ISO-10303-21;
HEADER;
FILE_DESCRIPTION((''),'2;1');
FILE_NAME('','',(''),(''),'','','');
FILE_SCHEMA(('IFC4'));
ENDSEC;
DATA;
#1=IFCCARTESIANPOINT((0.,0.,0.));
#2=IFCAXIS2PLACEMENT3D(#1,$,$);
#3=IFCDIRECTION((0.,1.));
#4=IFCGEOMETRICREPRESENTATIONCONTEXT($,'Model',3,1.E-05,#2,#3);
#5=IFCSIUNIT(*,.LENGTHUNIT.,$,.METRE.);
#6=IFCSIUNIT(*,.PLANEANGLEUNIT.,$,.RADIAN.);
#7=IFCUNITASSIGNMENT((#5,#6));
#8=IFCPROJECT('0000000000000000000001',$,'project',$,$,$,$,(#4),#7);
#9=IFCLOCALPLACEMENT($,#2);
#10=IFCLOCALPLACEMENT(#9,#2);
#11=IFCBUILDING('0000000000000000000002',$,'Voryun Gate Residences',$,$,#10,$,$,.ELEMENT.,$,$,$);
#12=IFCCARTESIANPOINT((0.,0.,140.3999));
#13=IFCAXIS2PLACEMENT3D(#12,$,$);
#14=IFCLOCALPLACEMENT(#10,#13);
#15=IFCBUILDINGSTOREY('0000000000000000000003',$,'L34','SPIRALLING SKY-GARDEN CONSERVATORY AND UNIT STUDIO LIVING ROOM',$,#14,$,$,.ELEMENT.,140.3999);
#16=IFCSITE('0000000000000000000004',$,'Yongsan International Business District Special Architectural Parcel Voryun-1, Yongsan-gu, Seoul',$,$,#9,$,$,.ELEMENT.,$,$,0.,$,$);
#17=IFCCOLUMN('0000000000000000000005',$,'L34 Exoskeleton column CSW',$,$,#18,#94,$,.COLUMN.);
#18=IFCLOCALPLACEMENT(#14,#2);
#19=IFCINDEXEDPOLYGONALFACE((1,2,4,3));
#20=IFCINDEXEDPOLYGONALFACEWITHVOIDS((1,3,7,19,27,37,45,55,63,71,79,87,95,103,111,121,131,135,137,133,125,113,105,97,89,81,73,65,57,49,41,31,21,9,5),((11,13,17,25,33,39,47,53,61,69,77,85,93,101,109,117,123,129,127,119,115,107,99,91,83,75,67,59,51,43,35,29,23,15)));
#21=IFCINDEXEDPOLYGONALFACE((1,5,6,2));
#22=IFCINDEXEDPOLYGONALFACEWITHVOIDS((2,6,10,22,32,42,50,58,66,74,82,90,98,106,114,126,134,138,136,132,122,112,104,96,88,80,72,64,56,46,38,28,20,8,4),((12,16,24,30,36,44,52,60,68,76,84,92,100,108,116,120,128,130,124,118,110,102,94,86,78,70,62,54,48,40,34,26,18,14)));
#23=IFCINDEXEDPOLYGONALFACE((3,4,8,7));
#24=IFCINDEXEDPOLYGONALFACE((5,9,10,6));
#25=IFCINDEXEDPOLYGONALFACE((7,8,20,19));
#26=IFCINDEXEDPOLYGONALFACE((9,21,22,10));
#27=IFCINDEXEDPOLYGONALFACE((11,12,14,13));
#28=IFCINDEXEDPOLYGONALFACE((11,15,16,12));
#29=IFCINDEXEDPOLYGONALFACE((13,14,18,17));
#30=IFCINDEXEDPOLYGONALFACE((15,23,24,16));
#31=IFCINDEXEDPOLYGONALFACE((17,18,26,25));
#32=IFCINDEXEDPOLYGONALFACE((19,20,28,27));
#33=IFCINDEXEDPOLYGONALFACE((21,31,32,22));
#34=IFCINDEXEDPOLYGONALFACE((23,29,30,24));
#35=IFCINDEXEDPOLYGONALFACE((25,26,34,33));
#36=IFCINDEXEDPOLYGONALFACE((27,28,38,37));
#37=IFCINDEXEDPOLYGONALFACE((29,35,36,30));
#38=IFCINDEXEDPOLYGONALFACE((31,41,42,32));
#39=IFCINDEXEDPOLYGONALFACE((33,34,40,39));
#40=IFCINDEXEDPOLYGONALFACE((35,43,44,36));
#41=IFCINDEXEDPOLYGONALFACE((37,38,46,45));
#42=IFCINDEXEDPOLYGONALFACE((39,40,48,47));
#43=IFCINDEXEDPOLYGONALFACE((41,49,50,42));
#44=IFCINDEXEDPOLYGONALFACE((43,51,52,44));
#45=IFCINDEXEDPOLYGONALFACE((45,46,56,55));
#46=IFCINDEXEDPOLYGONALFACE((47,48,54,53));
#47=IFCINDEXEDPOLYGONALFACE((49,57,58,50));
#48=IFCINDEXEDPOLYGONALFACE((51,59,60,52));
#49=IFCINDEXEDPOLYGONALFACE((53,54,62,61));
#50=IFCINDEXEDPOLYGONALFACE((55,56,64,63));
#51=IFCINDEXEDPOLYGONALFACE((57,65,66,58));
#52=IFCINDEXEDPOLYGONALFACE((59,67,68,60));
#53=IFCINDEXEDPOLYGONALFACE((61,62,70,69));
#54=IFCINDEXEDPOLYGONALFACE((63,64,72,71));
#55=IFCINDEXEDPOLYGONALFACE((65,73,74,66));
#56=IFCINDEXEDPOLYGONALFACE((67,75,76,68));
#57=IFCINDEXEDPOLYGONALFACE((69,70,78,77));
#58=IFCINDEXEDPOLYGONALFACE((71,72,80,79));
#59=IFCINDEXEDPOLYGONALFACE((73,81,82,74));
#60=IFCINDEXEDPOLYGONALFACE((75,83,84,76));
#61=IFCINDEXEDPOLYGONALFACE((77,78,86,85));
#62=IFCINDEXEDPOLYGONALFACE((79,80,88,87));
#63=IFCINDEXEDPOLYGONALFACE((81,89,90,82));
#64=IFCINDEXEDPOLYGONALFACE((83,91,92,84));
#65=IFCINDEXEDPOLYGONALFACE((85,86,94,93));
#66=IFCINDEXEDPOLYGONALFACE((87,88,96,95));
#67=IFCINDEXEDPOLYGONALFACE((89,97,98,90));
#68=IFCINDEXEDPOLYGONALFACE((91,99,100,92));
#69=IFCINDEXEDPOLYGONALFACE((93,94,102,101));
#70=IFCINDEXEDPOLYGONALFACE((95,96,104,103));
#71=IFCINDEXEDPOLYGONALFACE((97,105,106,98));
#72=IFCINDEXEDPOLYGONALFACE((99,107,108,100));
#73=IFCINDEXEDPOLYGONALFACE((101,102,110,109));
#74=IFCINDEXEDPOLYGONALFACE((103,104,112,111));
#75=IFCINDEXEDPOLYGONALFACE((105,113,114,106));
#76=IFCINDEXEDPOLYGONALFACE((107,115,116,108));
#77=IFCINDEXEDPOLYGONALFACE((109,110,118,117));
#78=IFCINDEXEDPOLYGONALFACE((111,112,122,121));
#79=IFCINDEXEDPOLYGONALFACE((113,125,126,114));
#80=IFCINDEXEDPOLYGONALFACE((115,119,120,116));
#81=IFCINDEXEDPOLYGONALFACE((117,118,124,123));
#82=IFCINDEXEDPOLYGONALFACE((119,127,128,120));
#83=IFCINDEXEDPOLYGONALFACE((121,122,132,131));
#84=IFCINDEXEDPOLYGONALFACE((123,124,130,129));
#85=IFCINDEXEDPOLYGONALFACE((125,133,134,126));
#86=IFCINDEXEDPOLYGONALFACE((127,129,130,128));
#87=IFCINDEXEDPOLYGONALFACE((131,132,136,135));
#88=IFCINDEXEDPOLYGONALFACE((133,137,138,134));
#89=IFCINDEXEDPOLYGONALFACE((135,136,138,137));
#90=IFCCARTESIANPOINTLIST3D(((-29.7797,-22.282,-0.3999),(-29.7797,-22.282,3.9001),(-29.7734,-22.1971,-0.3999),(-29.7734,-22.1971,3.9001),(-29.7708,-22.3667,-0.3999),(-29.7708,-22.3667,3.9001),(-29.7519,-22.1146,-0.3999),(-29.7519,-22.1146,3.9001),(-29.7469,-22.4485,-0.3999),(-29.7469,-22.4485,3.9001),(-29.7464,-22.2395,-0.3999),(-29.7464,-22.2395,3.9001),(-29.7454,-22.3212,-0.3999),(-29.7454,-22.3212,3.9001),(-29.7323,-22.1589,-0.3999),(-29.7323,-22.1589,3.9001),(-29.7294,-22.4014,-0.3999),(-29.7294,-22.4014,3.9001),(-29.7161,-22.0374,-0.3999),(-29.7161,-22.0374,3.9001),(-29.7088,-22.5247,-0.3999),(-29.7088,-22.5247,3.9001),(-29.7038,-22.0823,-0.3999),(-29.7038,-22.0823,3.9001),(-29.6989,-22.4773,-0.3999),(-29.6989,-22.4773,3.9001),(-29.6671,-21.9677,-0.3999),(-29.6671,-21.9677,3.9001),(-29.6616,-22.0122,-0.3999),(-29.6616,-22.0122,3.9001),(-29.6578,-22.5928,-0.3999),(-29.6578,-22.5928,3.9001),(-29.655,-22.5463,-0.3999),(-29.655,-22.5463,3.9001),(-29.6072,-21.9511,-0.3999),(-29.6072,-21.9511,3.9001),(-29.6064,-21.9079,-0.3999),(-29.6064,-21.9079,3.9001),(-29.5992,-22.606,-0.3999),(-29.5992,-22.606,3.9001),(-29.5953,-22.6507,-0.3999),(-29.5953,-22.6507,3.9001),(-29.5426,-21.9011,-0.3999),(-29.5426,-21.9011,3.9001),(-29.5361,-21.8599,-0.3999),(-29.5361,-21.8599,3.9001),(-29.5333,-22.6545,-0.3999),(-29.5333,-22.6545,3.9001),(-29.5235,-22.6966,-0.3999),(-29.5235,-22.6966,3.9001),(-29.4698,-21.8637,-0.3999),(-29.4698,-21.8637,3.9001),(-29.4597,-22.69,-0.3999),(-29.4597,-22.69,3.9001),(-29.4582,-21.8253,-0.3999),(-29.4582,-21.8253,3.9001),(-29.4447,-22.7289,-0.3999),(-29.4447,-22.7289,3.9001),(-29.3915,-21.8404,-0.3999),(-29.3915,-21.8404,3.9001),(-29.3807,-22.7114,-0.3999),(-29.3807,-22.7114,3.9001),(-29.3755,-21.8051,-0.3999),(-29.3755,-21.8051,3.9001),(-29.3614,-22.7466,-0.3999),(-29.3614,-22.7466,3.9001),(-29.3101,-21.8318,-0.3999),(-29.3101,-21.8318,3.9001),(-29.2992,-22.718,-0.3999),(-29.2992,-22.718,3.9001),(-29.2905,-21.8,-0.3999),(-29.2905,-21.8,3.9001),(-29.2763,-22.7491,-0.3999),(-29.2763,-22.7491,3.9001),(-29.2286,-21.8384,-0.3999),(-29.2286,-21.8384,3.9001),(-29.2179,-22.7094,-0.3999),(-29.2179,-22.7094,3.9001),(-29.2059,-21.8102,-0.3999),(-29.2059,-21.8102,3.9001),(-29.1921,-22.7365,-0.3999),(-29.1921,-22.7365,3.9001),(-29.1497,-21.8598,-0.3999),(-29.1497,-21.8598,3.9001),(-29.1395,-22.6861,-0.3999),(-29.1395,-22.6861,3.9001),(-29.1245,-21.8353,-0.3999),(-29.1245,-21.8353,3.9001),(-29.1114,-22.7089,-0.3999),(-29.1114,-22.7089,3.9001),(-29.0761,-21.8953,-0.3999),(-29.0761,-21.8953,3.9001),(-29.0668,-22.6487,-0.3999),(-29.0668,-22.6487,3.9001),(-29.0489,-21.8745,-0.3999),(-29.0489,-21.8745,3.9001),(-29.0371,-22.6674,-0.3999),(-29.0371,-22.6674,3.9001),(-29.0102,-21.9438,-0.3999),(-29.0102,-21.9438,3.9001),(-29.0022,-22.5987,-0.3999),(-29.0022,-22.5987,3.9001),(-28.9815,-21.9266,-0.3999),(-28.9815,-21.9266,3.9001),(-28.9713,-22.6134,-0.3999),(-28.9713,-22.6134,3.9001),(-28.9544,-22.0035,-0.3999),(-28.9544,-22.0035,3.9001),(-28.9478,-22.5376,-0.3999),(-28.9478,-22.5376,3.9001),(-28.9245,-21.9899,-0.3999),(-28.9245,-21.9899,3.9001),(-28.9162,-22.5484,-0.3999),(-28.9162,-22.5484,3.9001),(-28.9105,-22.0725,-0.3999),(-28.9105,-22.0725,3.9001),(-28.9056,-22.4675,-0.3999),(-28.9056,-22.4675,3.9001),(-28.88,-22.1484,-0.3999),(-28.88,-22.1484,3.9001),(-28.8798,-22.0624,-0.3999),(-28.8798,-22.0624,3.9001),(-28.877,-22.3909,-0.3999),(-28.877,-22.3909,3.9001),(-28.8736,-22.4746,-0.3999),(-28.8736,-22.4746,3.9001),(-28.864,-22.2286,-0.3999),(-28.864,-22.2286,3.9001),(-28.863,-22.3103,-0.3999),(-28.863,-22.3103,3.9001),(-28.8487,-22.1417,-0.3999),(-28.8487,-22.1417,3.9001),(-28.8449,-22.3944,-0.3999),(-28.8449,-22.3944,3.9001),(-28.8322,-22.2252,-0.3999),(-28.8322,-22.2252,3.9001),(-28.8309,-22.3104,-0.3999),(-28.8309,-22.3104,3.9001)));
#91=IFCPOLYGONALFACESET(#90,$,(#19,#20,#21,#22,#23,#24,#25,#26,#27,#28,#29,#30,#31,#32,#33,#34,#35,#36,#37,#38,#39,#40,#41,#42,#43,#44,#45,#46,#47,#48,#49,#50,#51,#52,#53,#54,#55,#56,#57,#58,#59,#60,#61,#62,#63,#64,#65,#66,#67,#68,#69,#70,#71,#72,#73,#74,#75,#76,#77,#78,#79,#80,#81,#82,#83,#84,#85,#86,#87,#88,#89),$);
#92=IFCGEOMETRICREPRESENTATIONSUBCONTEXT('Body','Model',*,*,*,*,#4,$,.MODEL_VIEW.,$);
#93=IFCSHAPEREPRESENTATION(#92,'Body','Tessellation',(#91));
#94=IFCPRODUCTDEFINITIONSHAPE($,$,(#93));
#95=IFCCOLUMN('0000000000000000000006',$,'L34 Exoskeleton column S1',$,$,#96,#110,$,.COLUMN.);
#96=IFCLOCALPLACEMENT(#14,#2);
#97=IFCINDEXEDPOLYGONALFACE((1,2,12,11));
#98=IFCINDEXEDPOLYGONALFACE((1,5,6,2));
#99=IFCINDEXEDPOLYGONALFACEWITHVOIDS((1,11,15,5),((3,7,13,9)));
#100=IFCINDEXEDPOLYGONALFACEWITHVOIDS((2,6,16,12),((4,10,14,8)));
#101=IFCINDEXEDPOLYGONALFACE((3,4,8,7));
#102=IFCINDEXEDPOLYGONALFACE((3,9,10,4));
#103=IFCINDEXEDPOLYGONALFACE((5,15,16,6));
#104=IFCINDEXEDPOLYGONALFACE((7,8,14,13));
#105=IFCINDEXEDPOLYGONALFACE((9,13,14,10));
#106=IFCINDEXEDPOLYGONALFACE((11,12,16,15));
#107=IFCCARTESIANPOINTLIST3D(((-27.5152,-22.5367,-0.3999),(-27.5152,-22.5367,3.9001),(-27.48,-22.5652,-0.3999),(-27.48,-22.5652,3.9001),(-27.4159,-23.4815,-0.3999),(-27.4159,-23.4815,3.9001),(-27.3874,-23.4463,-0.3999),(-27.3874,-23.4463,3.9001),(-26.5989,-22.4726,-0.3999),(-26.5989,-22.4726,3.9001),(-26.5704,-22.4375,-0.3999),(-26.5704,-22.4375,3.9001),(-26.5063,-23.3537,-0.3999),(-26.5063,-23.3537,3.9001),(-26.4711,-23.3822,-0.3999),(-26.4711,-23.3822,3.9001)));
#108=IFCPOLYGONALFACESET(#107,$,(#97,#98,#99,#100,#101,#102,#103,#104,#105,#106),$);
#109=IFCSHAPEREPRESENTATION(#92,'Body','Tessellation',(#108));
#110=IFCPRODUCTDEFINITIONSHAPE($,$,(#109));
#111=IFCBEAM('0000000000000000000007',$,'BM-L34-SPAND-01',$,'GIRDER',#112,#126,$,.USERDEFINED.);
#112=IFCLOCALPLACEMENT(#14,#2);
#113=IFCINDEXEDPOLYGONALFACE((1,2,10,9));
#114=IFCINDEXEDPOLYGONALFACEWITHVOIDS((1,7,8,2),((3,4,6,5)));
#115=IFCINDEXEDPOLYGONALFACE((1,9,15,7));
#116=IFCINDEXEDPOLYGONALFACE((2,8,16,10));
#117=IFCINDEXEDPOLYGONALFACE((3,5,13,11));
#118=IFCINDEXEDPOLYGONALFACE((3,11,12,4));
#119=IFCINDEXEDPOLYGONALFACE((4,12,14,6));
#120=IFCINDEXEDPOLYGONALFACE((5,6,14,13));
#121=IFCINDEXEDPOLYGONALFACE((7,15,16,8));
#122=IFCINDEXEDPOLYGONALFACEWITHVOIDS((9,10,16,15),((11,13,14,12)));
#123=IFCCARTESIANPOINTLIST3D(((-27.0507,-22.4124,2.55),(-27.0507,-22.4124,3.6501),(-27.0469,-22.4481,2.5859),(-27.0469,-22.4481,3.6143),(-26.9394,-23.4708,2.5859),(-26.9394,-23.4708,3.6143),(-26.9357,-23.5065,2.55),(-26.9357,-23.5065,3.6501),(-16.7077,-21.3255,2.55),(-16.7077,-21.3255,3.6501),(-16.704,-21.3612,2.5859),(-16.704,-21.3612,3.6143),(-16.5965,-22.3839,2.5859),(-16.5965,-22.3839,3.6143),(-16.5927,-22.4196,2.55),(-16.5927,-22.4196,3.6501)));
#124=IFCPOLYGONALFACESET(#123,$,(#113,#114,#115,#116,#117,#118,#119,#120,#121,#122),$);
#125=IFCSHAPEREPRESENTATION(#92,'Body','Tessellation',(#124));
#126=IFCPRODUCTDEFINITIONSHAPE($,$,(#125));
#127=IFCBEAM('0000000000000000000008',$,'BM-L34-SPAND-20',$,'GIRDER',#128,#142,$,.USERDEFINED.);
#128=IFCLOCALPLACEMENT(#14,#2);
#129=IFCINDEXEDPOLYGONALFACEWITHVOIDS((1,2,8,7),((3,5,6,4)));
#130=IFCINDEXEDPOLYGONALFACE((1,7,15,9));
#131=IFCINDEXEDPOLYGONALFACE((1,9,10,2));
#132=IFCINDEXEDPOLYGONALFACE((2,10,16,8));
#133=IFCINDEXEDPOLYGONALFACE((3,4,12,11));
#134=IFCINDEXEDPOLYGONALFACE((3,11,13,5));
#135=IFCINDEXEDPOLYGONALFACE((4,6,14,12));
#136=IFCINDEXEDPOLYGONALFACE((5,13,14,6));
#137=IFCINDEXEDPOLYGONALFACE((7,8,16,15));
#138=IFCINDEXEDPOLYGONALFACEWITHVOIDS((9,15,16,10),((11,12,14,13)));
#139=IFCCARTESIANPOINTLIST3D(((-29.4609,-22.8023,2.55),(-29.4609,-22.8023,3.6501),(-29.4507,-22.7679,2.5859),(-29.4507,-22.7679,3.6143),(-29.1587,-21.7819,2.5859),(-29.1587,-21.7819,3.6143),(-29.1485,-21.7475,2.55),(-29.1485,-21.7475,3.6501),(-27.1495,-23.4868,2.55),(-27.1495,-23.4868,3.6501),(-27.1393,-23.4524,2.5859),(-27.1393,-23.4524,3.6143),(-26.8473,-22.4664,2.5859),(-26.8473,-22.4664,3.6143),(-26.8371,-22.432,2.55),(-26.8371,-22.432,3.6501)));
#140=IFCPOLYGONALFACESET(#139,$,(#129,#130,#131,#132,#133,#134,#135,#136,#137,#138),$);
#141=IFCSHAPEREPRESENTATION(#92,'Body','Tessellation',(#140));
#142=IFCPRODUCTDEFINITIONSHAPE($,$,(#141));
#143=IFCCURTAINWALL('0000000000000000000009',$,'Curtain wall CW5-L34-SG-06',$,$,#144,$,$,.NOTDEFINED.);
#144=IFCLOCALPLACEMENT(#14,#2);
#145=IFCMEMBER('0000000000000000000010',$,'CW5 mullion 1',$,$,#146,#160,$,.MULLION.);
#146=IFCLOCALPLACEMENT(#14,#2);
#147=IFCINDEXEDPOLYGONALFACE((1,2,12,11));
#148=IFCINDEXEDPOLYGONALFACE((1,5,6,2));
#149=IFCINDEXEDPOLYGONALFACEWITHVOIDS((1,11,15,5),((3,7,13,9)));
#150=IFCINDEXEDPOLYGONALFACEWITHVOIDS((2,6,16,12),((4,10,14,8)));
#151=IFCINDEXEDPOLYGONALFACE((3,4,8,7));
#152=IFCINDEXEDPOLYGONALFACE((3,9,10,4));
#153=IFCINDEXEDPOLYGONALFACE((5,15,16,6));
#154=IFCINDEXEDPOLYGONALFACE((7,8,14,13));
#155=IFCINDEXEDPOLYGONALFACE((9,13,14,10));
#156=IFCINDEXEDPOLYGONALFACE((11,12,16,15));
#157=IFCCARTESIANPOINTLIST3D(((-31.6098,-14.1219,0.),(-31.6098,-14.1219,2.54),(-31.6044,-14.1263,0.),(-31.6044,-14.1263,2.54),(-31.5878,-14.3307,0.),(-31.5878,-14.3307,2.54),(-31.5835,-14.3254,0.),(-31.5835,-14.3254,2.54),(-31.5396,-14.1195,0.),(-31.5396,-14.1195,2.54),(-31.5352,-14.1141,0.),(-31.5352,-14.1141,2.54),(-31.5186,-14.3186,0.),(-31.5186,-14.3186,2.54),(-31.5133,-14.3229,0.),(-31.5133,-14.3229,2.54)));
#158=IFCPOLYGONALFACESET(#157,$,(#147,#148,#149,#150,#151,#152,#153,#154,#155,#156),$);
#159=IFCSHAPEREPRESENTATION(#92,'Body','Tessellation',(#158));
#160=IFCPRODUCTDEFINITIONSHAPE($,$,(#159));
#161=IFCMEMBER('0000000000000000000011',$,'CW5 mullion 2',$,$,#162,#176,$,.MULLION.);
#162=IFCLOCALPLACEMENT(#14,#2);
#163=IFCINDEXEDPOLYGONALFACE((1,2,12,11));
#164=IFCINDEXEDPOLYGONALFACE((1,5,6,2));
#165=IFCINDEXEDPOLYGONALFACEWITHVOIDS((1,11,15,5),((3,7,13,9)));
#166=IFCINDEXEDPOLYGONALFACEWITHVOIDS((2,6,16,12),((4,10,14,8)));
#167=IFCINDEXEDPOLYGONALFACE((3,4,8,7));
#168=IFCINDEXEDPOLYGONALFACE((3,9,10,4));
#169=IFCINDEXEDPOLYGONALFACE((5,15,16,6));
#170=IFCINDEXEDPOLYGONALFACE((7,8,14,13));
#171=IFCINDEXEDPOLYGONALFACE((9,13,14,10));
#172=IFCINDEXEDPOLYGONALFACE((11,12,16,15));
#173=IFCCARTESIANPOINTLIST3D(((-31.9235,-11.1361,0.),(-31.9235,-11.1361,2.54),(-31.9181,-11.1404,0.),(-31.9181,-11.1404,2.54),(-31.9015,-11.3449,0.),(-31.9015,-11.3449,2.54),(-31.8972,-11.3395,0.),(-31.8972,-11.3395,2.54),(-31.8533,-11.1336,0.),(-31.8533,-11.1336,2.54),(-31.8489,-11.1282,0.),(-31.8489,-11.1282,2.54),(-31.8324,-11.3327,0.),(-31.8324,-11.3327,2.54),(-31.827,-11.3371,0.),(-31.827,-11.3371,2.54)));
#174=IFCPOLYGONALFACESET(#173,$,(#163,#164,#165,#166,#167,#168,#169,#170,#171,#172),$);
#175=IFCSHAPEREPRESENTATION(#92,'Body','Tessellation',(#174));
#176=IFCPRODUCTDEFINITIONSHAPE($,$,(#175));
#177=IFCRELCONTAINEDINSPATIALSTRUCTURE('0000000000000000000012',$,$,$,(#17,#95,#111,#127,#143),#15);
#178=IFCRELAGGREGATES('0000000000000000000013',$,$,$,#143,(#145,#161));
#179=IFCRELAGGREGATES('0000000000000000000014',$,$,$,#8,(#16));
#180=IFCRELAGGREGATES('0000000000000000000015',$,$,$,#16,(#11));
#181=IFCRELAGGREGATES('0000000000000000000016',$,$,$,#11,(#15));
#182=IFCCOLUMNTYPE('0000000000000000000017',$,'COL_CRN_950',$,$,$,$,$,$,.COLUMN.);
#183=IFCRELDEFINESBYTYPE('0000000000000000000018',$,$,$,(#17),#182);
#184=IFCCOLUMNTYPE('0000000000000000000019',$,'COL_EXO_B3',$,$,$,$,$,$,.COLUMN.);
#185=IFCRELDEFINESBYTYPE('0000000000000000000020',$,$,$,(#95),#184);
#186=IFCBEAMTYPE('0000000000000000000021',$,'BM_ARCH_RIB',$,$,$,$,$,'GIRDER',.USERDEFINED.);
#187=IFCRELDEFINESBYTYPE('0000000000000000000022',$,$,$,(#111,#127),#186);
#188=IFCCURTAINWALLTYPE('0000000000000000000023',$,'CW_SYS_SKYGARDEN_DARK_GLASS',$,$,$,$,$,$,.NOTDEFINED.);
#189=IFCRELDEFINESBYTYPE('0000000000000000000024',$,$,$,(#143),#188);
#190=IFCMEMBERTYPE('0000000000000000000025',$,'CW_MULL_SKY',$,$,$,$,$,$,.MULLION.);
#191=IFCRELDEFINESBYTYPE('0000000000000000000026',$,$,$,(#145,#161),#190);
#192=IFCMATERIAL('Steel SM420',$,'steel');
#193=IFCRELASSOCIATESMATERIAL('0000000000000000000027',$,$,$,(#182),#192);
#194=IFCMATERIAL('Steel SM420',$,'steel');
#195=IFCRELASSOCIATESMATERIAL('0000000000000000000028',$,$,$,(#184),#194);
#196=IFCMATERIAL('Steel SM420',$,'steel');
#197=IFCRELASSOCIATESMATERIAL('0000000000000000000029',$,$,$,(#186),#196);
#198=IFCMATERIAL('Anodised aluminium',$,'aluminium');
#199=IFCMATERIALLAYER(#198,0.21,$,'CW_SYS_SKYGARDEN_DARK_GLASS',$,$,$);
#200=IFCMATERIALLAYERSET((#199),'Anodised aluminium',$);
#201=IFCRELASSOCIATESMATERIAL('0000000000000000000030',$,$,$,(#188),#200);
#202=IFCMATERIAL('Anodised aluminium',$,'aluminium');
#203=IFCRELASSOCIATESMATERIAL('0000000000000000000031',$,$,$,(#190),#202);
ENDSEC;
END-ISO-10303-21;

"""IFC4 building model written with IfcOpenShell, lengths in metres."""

from ifc_helpers import new_model, si_unit, direction, frame, origin, origin_2d, place, context, subcontext, project, spatial, hollow_rectangle, hollow_circle, extrude, material, layer, layer_set, material_profile, profile_set, type_object, element, aggregate, save


model = new_model("IFC4")

# Units and contexts
model_context = context("Model", 3, precision=1e-05, world=origin(), true_north=direction((0.0, 1.0)))
body_context = subcontext(model_context, "Body", "Model", "MODEL_VIEW")
ifc_project = project(units=[si_unit("LENGTHUNIT", "METRE"), si_unit("PLANEANGLEUNIT", "RADIAN")], contexts=[model_context])

# Site, building, storey
site_placement = place(None, origin())
site = spatial("IfcSite", under=ifc_project, at=site_placement, Name="Yongsan International Business District Special Architectural Parcel Voryun-1, Yongsan-gu, Seoul", CompositionType="ELEMENT", RefElevation=0.0)
building_placement = place(site_placement, origin())
building = spatial("IfcBuilding", under=site, at=building_placement, Name="Voryun Gate Residences", CompositionType="ELEMENT")
storey_placement = place(building_placement, frame((0.0, 0.0, 140.3999)))
storey = spatial("IfcBuildingStorey", under=building, at=storey_placement, Name="L34", Description="SPIRALLING SKY-GARDEN CONSERVATORY AND UNIT STUDIO LIVING ROOM", CompositionType="ELEMENT", Elevation=140.3999)

# Columns
ifc_material_1 = material(Name="Steel SM420", Category="steel")
ifc_material_profile_1 = material_profile(ifc_material_1, hollow_circle(Radius=0.4751, WallThickness=0.032, at=origin_2d()), Name="CHS-950x32")
ifc_profile_set_1 = profile_set([ifc_material_profile_1], Name="Steel SM420")
column_type_1 = type_object("IfcColumnType", Name="COL_CRN_950", PredefinedType="COLUMN", material=ifc_profile_set_1)
column_1_placement = place(storey_placement, frame((-29.3047, -22.2749, -0.3999), z_axis=(0.0, 0.0, 1.0), x_axis=(0.994522, 0.104528, 0.0)))
element("IfcColumn", 1, at=column_1_placement, inside=storey, type_object=column_type_1, Name="L34 Exoskeleton column CSW", PredefinedType="COLUMN", context=body_context, shape_type="SweptSolid", body=[
    extrude(hollow_circle(Radius=0.4751, WallThickness=0.032, at=origin_2d()), origin(), (0.0, 0.0, 1.0), 4.3),
])
ifc_material_2 = material(Name="Steel SM420", Category="steel")
ifc_material_profile_2 = material_profile(ifc_material_2, hollow_rectangle(XDim=0.95, YDim=0.95, WallThickness=0.032, at=origin_2d()), Name="BOX-950x950x32")
ifc_profile_set_2 = profile_set([ifc_material_profile_2], Name="Steel SM420")
column_type_2 = type_object("IfcColumnType", Name="COL_EXO_B3", PredefinedType="COLUMN", material=ifc_profile_set_2)
column_2_placement = place(storey_placement, frame((-26.9932, -22.9595, -0.3999), z_axis=(0.0, 0.0, 1.0), x_axis=(0.994522, 0.104528, 0.0)))
element("IfcColumn", 2, at=column_2_placement, inside=storey, type_object=column_type_2, Name="L34 Exoskeleton column S1", PredefinedType="COLUMN", context=body_context, shape_type="SweptSolid", body=[
    extrude(hollow_rectangle(XDim=0.95, YDim=0.95, WallThickness=0.032, at=origin_2d()), origin(), (0.0, 0.0, 1.0), 4.3),
])

# Beams
ifc_material_3 = material(Name="Steel SM420", Category="steel")
ifc_material_profile_3 = material_profile(ifc_material_3, hollow_rectangle(XDim=1.1001, YDim=1.1001, WallThickness=0.0359, at=origin_2d()), Name="BOX-1100x1100x36")
ifc_profile_set_3 = profile_set([ifc_material_profile_3], Name="Steel SM420")
beam_type = type_object("IfcBeamType", Name="BM_ARCH_RIB", ElementType="GIRDER", PredefinedType="USERDEFINED", material=ifc_profile_set_3)
beam_1_placement = place(storey_placement, frame((-26.9932, -22.9595, 3.1001), z_axis=(0.994524, 0.104511, 0.0), x_axis=(-0.104511, 0.994524, 0.0)))
element("IfcBeam", 3, at=beam_1_placement, inside=storey, type_object=beam_type, Name="BM-L34-SPAND-01", ObjectType="GIRDER", PredefinedType="USERDEFINED", context=body_context, shape_type="SweptSolid", body=[
    extrude(hollow_rectangle(XDim=1.1001, YDim=1.1001, WallThickness=0.0359, at=origin_2d()), origin(), (0.0, 0.0, 1.0), 10.3999),
])
beam_2_placement = place(storey_placement, frame((-29.3047, -22.2749, 3.1001), z_axis=(0.958835, -0.283964, 0.0), x_axis=(0.283964, 0.958835, 0.0)))
element("IfcBeam", 4, at=beam_2_placement, inside=storey, type_object=beam_type, Name="BM-L34-SPAND-20", ObjectType="GIRDER", PredefinedType="USERDEFINED", context=body_context, shape_type="SweptSolid", body=[
    extrude(hollow_rectangle(XDim=1.1001, YDim=1.1001, WallThickness=0.0359, at=origin_2d()), origin(), (0.0, 0.0, 1.0), 2.4106),
])

# Curtain wall, members
ifc_material_4 = material(Name="Anodised aluminium", Category="aluminium")
ifc_layer_1 = layer(ifc_material_4, 0.21, Name="CW_SYS_SKYGARDEN_DARK_GLASS")
ifc_layer_set_1 = layer_set([ifc_layer_1], Name="Anodised aluminium")
curtain_wall_type = type_object("IfcCurtainWallType", Name="CW_SYS_SKYGARDEN_DARK_GLASS", PredefinedType="NOTDEFINED", material=ifc_layer_set_1)
curtain_wall_placement = place(storey_placement, origin())
curtain_wall = element("IfcCurtainWall", 5, at=curtain_wall_placement, inside=storey, type_object=curtain_wall_type, Name="Curtain wall CW5-L34-SG-06", PredefinedType="NOTDEFINED")
ifc_material_5 = material(Name="Anodised aluminium", Category="aluminium")
ifc_material_profile_4 = material_profile(ifc_material_5, hollow_rectangle(XDim=0.075, YDim=0.21, WallThickness=0.0049, at=origin_2d()), Name="ALU-MULL-210x75x5")
ifc_profile_set_4 = profile_set([ifc_material_profile_4], Name="Anodised aluminium")
member_type_1 = type_object("IfcMemberType", Name="CW_MULL_SKY", PredefinedType="MULLION", material=ifc_profile_set_4)
member_1_placement = place(storey_placement, frame((-31.5615, -14.2224, 0.0), z_axis=(0.0, 0.0, 1.0), x_axis=(-0.994522, -0.10453, 0.0)))
member_1 = element("IfcMember", 6, at=member_1_placement, type_object=member_type_1, Name="CW5 mullion 1", PredefinedType="MULLION", context=body_context, shape_type="SweptSolid", body=[
    extrude(hollow_rectangle(XDim=0.075, YDim=0.21, WallThickness=0.0049, at=origin_2d()), origin(), (0.0, 0.0, 1.0), 2.54),
])
member_2_placement = place(storey_placement, frame((-31.8752, -11.2366, 0.0), z_axis=(0.0, 0.0, 1.0), x_axis=(-0.994522, -0.10453, 0.0)))
member_2 = element("IfcMember", 7, at=member_2_placement, type_object=member_type_1, Name="CW5 mullion 2", PredefinedType="MULLION", context=body_context, shape_type="SweptSolid", body=[
    extrude(hollow_rectangle(XDim=0.075, YDim=0.21, WallThickness=0.0049, at=origin_2d()), origin(), (0.0, 0.0, 1.0), 2.54),
])

aggregate(curtain_wall, [member_1, member_2])

save(model, "model.ifc")
